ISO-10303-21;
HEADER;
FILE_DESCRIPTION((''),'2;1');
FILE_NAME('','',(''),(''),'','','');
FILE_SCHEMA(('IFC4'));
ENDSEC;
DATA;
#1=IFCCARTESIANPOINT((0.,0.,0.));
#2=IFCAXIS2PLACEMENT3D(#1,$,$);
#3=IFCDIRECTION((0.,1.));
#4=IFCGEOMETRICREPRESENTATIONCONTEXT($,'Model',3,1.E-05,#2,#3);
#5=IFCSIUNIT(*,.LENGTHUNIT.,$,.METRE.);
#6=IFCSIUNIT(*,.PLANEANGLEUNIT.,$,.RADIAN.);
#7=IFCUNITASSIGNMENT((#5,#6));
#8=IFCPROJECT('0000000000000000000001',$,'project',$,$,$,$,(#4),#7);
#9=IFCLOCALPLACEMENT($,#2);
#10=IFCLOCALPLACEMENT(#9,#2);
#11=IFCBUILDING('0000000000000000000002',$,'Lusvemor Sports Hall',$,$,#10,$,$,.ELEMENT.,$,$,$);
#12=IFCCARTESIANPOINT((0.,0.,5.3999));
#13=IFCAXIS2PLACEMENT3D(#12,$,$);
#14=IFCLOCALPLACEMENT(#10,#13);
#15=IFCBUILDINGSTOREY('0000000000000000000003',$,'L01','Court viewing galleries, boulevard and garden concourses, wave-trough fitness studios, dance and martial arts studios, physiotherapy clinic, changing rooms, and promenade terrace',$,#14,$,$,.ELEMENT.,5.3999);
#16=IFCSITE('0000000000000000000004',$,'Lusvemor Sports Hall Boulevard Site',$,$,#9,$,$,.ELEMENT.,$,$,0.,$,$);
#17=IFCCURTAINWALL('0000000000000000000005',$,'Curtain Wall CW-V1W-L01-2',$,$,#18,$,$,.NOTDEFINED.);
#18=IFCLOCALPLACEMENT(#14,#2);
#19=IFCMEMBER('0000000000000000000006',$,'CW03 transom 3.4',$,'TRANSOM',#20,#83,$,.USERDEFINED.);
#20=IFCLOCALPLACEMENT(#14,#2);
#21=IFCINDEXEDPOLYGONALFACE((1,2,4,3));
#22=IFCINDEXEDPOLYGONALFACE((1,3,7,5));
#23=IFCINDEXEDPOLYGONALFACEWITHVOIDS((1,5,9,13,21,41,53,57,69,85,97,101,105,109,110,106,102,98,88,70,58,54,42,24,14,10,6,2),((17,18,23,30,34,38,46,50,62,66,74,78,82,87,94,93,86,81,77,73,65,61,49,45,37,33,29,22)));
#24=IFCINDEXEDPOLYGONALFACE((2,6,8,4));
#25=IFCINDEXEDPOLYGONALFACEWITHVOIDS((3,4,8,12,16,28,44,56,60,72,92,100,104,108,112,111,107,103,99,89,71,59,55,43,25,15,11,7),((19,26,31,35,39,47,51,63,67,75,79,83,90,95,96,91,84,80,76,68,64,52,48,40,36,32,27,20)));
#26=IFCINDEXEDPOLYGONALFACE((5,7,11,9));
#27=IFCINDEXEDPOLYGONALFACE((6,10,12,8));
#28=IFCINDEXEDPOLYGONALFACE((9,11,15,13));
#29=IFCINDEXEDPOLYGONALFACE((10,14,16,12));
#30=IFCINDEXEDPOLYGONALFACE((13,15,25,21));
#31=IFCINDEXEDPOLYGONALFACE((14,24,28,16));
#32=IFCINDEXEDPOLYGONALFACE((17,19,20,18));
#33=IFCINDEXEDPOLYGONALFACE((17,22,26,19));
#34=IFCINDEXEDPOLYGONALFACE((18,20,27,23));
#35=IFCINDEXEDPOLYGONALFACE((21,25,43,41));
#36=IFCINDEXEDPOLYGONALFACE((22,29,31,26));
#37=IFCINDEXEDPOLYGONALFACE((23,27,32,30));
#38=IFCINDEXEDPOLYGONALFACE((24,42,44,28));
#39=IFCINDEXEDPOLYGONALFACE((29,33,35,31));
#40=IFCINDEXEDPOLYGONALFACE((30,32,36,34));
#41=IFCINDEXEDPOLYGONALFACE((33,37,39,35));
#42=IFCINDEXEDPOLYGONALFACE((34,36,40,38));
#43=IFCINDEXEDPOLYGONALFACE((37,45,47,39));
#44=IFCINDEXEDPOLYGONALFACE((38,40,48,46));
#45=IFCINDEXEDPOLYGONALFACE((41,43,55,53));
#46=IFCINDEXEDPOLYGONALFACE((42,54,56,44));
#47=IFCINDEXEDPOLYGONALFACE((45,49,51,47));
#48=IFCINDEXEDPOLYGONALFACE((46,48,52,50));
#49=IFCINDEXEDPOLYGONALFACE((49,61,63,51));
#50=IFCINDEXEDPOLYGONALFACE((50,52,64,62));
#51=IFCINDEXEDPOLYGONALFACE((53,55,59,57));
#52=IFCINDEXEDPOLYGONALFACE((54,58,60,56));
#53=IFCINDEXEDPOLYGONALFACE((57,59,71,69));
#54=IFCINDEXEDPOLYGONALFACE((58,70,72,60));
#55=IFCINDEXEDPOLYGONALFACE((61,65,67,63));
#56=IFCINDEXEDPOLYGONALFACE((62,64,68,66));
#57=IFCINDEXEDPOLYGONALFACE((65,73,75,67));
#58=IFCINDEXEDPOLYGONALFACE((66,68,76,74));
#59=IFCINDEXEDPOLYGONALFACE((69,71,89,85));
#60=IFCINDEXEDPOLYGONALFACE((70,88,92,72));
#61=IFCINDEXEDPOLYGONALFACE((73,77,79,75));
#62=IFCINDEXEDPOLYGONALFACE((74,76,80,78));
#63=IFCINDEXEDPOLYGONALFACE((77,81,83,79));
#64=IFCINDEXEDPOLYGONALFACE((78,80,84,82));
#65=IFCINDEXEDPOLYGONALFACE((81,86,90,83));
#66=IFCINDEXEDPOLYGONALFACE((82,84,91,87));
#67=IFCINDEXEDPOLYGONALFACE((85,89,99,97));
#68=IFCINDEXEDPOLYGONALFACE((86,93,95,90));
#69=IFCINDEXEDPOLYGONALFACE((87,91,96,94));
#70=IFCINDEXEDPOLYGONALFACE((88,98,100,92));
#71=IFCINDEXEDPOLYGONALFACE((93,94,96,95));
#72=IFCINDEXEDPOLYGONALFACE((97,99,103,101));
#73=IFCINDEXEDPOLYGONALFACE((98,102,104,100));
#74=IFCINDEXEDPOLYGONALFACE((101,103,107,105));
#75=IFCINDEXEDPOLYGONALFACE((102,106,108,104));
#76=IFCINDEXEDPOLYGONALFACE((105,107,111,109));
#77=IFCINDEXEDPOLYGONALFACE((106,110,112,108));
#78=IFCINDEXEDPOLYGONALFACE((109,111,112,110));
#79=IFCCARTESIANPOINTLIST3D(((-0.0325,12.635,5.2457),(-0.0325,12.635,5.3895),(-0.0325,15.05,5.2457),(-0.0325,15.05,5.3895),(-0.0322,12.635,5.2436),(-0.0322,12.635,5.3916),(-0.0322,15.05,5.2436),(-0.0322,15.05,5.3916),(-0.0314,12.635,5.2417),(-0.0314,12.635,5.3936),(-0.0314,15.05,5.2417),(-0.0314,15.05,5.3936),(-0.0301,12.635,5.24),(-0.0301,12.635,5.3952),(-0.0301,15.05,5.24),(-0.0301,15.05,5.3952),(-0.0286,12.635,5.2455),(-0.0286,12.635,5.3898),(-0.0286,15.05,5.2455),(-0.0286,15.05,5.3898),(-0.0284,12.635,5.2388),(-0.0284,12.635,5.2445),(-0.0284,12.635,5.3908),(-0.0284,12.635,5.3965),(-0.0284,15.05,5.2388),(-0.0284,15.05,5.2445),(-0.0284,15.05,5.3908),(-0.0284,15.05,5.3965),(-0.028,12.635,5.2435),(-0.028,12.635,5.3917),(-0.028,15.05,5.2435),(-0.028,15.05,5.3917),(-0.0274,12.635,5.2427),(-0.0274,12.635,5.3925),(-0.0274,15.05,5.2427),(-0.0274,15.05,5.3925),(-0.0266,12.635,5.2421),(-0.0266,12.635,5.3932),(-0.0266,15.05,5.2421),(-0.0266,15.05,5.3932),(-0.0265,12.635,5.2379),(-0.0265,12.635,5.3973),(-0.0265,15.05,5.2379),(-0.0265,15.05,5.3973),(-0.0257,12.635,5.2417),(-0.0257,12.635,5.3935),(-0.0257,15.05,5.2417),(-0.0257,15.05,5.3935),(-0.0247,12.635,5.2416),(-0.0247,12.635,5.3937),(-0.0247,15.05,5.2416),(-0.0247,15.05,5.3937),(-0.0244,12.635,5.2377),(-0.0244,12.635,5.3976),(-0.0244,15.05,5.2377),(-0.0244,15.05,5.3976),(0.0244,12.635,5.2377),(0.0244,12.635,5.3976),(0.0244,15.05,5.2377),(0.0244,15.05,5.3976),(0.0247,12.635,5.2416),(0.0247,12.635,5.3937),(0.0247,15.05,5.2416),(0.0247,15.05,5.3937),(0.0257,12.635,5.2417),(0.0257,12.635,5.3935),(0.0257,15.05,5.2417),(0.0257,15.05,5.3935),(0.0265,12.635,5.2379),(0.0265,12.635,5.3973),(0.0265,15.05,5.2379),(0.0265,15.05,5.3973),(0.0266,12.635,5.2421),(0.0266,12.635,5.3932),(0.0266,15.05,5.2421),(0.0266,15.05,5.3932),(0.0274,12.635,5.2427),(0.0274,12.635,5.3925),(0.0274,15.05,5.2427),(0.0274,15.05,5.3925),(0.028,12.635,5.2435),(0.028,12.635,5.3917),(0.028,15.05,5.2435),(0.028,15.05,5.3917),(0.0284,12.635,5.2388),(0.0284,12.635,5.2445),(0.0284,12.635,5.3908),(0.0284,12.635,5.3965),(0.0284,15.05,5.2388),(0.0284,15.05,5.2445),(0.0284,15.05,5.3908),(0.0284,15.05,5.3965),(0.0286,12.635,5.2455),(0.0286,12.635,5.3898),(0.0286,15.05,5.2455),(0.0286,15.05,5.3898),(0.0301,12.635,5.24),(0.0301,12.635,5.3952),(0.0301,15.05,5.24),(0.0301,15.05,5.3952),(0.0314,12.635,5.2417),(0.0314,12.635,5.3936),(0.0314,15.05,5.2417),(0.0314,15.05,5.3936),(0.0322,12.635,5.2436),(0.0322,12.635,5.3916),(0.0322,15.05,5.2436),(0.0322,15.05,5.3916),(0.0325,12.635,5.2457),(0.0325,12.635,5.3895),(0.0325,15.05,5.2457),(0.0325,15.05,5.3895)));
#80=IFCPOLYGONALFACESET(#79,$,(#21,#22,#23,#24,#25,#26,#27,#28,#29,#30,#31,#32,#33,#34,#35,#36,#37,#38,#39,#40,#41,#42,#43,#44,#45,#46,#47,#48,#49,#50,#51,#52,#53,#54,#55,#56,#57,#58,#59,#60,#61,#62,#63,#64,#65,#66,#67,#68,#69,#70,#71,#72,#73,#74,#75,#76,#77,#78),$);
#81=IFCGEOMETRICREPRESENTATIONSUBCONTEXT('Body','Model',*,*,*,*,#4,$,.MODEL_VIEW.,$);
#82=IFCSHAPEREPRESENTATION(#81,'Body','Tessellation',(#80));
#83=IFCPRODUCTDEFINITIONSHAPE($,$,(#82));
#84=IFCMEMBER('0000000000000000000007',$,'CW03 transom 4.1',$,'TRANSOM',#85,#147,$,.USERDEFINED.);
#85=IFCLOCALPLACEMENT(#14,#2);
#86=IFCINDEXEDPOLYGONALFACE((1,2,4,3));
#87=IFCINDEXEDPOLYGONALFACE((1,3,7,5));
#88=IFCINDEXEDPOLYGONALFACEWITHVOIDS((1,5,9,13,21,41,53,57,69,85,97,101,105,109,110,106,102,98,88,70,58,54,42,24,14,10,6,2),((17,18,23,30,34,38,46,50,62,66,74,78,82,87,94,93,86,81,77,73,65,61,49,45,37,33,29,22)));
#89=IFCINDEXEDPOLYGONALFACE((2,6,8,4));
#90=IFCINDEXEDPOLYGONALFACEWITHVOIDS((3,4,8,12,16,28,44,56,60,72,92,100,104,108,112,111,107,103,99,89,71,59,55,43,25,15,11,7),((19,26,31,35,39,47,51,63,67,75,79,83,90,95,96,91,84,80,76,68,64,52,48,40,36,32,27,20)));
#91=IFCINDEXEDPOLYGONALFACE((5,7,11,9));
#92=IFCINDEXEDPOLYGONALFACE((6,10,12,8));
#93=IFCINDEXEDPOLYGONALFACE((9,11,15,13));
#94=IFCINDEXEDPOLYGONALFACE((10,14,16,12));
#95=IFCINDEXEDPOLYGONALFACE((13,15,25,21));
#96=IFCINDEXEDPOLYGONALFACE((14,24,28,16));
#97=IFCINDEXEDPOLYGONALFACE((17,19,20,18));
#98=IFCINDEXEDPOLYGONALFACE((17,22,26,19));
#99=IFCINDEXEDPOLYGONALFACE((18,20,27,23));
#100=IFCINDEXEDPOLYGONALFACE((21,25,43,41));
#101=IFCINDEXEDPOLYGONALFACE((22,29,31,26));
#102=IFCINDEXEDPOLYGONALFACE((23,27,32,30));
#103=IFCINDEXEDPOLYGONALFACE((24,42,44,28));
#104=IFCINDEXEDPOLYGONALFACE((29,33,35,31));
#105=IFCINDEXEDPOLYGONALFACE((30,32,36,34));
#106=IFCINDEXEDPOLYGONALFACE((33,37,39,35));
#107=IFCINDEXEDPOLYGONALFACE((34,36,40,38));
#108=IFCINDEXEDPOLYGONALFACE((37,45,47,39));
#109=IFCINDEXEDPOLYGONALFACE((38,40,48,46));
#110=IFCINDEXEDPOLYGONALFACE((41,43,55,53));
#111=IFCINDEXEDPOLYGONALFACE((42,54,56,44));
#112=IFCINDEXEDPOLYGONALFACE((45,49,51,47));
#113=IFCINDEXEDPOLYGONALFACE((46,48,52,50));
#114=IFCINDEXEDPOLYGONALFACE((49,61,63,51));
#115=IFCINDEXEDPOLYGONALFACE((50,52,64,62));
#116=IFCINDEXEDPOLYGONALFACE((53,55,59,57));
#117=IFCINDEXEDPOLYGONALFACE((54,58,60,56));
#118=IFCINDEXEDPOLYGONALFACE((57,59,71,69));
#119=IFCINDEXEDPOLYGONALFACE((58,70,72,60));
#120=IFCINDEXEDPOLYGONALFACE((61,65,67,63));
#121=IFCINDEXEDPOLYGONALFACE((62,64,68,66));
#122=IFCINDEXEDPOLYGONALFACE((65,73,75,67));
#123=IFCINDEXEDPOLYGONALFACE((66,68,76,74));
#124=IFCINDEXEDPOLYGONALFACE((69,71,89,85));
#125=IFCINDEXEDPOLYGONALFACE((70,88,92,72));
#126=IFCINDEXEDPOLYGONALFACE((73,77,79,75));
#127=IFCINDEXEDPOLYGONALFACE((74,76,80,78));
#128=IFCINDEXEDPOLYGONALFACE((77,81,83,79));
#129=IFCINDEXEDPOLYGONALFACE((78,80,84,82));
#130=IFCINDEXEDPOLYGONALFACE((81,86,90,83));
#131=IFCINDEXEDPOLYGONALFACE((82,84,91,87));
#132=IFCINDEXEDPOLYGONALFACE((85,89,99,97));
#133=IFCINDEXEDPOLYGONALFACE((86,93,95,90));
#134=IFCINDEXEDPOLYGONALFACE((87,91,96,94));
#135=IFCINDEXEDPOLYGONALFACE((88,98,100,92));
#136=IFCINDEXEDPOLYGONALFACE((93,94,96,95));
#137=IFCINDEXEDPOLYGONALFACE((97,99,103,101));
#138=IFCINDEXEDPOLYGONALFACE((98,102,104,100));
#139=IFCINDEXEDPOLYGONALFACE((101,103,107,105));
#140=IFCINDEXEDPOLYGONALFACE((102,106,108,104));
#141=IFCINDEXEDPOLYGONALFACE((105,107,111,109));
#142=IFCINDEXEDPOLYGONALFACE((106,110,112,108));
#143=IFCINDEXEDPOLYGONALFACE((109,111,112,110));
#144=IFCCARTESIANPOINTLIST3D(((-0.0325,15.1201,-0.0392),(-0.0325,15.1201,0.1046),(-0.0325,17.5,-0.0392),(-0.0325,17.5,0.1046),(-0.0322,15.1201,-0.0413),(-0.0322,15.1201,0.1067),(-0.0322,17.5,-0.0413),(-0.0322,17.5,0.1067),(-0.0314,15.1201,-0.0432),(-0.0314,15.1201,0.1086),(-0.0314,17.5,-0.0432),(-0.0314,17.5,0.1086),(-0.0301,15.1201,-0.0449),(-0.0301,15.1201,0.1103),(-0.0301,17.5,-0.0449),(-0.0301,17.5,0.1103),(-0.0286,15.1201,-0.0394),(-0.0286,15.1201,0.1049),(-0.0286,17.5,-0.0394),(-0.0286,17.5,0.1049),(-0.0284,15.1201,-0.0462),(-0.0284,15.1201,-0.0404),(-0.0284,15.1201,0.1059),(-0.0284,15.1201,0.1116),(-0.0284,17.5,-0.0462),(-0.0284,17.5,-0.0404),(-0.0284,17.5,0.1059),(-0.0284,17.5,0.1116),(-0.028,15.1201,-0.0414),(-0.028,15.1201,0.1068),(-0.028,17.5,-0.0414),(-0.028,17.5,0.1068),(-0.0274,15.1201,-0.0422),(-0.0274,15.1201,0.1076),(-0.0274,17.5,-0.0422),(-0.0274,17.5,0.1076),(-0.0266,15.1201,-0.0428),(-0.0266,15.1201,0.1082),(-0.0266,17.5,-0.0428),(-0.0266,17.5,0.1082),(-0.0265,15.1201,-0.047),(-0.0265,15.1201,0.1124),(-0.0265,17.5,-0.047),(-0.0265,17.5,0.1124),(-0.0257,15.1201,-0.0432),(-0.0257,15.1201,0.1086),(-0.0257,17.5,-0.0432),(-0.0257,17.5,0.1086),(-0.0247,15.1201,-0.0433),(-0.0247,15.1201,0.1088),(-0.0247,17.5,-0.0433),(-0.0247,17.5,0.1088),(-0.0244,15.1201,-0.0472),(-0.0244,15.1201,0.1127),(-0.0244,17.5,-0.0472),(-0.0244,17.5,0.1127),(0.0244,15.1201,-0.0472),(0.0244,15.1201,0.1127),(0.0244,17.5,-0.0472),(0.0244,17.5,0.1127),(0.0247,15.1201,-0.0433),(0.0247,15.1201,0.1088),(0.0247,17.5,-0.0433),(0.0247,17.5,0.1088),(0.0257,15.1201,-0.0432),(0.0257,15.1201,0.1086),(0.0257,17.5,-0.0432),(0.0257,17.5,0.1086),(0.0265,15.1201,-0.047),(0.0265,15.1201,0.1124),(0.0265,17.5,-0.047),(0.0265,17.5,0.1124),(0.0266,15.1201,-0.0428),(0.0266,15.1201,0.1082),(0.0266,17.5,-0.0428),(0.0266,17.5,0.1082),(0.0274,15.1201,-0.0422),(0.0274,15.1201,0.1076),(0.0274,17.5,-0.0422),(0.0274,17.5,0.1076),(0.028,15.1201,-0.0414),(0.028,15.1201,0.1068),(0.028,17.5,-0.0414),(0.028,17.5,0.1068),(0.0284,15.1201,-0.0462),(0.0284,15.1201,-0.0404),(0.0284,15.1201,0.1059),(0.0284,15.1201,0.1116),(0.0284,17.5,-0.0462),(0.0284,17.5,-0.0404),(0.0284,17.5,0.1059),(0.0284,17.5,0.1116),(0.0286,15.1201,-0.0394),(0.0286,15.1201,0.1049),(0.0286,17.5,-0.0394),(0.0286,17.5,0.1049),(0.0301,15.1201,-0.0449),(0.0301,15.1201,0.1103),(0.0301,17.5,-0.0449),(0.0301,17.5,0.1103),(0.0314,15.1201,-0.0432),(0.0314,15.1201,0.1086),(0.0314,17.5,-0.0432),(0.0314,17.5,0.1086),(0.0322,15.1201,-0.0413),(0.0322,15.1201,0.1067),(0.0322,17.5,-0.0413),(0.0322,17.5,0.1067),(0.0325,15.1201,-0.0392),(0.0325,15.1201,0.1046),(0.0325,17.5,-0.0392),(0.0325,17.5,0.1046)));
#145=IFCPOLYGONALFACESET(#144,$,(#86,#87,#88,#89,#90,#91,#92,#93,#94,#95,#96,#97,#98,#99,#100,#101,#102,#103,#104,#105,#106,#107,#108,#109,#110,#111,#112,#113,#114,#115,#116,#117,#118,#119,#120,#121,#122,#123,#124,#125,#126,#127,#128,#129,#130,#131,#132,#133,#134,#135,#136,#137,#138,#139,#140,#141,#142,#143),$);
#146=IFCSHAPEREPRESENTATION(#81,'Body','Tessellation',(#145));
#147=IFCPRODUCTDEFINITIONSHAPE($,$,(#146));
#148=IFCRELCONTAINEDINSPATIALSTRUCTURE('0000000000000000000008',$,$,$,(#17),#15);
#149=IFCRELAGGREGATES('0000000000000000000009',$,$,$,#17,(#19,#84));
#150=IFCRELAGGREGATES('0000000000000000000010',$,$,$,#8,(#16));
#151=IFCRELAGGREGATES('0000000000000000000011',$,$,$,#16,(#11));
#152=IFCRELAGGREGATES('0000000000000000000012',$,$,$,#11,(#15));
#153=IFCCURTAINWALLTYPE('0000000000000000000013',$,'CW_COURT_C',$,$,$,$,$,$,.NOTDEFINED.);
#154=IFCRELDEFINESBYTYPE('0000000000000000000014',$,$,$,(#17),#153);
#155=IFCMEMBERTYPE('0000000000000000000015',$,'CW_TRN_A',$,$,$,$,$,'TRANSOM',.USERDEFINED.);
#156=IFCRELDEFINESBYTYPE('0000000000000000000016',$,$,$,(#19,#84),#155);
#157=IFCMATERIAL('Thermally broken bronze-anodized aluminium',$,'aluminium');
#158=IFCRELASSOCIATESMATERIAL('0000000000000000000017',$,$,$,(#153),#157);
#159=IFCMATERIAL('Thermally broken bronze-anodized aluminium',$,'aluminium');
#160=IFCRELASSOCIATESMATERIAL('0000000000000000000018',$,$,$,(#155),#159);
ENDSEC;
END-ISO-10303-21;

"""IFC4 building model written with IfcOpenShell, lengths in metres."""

from ifc_helpers import new_model, si_unit, direction, frame, origin, origin_2d, place, context, subcontext, project, spatial, hollow_rectangle, extrude, material, material_profile, profile_set, type_object, element, aggregate, save


model = new_model("IFC4")

# Units and contexts
model_context = context("Model", 3, precision=1e-05, world=origin(), true_north=direction((0.0, 1.0)))
body_context = subcontext(model_context, "Body", "Model", "MODEL_VIEW")
ifc_project = project(units=[si_unit("LENGTHUNIT", "METRE"), si_unit("PLANEANGLEUNIT", "RADIAN")], contexts=[model_context])

# Site, building, storey
site_placement = place(None, origin())
site = spatial("IfcSite", under=ifc_project, at=site_placement, Name="Lusvemor Sports Hall Boulevard Site", CompositionType="ELEMENT", RefElevation=0.0)
building_placement = place(site_placement, origin())
building = spatial("IfcBuilding", under=site, at=building_placement, Name="Lusvemor Sports Hall", CompositionType="ELEMENT")
storey_placement = place(building_placement, frame((0.0, 0.0, 5.3999)))
storey = spatial("IfcBuildingStorey", under=building, at=storey_placement, Name="L01", Description="Court viewing galleries, boulevard and garden concourses, wave-trough fitness studios, dance and martial arts studios, physiotherapy clinic, changing rooms, and promenade terrace", CompositionType="ELEMENT", Elevation=5.3999)

# Curtain wall, members
ifc_material_1 = material(Name="Thermally broken bronze-anodized aluminium", Category="aluminium")
curtain_wall_type = type_object("IfcCurtainWallType", Name="CW_COURT_C", PredefinedType="NOTDEFINED", material=ifc_material_1)
curtain_wall_placement = place(storey_placement, origin())
curtain_wall = element("IfcCurtainWall", 1, at=curtain_wall_placement, inside=storey, type_object=curtain_wall_type, Name="Curtain Wall CW-V1W-L01-2", PredefinedType="NOTDEFINED")
ifc_material_2 = material(Name="Thermally broken bronze-anodized aluminium", Category="aluminium")
ifc_material_profile_1 = material_profile(ifc_material_2, hollow_rectangle(XDim=0.0649, YDim=0.1599, WallThickness=0.0039, InnerFilletRadius=0.0039, OuterFilletRadius=0.0081, at=origin_2d()), Name="CWTRN160x65x4")
ifc_profile_set_1 = profile_set([ifc_material_profile_1], Name="Thermally broken bronze-anodized aluminium")
member_type_1 = type_object("IfcMemberType", Name="CW_TRN_A", ElementType="TRANSOM", PredefinedType="USERDEFINED", material=ifc_profile_set_1)
member_1_placement = place(storey_placement, frame((0.0, 12.635, 5.3176), z_axis=(0.0, 1.0, 0.0), x_axis=(-1.0, 0.0, 0.0)))
member_1 = element("IfcMember", 2, at=member_1_placement, type_object=member_type_1, Name="CW03 transom 3.4", ObjectType="TRANSOM", PredefinedType="USERDEFINED", context=body_context, shape_type="SweptSolid", body=[
    extrude(hollow_rectangle(XDim=0.0649, YDim=0.1599, WallThickness=0.0039, InnerFilletRadius=0.0039, OuterFilletRadius=0.0081, at=origin_2d()), origin(), (0.0, 0.0, 1.0), 2.415),
])
member_2_placement = place(storey_placement, frame((0.0, 15.1201, 0.0327), z_axis=(0.0, 1.0, 0.0), x_axis=(-1.0, 0.0, 0.0)))
member_2 = element("IfcMember", 3, at=member_2_placement, type_object=member_type_1, Name="CW03 transom 4.1", ObjectType="TRANSOM", PredefinedType="USERDEFINED", context=body_context, shape_type="SweptSolid", body=[
    extrude(hollow_rectangle(XDim=0.0649, YDim=0.1599, WallThickness=0.0039, InnerFilletRadius=0.0039, OuterFilletRadius=0.0081, at=origin_2d()), origin(), (0.0, 0.0, 1.0), 2.3799),
])

aggregate(curtain_wall, [member_1, member_2])

save(model, "model.ifc")
